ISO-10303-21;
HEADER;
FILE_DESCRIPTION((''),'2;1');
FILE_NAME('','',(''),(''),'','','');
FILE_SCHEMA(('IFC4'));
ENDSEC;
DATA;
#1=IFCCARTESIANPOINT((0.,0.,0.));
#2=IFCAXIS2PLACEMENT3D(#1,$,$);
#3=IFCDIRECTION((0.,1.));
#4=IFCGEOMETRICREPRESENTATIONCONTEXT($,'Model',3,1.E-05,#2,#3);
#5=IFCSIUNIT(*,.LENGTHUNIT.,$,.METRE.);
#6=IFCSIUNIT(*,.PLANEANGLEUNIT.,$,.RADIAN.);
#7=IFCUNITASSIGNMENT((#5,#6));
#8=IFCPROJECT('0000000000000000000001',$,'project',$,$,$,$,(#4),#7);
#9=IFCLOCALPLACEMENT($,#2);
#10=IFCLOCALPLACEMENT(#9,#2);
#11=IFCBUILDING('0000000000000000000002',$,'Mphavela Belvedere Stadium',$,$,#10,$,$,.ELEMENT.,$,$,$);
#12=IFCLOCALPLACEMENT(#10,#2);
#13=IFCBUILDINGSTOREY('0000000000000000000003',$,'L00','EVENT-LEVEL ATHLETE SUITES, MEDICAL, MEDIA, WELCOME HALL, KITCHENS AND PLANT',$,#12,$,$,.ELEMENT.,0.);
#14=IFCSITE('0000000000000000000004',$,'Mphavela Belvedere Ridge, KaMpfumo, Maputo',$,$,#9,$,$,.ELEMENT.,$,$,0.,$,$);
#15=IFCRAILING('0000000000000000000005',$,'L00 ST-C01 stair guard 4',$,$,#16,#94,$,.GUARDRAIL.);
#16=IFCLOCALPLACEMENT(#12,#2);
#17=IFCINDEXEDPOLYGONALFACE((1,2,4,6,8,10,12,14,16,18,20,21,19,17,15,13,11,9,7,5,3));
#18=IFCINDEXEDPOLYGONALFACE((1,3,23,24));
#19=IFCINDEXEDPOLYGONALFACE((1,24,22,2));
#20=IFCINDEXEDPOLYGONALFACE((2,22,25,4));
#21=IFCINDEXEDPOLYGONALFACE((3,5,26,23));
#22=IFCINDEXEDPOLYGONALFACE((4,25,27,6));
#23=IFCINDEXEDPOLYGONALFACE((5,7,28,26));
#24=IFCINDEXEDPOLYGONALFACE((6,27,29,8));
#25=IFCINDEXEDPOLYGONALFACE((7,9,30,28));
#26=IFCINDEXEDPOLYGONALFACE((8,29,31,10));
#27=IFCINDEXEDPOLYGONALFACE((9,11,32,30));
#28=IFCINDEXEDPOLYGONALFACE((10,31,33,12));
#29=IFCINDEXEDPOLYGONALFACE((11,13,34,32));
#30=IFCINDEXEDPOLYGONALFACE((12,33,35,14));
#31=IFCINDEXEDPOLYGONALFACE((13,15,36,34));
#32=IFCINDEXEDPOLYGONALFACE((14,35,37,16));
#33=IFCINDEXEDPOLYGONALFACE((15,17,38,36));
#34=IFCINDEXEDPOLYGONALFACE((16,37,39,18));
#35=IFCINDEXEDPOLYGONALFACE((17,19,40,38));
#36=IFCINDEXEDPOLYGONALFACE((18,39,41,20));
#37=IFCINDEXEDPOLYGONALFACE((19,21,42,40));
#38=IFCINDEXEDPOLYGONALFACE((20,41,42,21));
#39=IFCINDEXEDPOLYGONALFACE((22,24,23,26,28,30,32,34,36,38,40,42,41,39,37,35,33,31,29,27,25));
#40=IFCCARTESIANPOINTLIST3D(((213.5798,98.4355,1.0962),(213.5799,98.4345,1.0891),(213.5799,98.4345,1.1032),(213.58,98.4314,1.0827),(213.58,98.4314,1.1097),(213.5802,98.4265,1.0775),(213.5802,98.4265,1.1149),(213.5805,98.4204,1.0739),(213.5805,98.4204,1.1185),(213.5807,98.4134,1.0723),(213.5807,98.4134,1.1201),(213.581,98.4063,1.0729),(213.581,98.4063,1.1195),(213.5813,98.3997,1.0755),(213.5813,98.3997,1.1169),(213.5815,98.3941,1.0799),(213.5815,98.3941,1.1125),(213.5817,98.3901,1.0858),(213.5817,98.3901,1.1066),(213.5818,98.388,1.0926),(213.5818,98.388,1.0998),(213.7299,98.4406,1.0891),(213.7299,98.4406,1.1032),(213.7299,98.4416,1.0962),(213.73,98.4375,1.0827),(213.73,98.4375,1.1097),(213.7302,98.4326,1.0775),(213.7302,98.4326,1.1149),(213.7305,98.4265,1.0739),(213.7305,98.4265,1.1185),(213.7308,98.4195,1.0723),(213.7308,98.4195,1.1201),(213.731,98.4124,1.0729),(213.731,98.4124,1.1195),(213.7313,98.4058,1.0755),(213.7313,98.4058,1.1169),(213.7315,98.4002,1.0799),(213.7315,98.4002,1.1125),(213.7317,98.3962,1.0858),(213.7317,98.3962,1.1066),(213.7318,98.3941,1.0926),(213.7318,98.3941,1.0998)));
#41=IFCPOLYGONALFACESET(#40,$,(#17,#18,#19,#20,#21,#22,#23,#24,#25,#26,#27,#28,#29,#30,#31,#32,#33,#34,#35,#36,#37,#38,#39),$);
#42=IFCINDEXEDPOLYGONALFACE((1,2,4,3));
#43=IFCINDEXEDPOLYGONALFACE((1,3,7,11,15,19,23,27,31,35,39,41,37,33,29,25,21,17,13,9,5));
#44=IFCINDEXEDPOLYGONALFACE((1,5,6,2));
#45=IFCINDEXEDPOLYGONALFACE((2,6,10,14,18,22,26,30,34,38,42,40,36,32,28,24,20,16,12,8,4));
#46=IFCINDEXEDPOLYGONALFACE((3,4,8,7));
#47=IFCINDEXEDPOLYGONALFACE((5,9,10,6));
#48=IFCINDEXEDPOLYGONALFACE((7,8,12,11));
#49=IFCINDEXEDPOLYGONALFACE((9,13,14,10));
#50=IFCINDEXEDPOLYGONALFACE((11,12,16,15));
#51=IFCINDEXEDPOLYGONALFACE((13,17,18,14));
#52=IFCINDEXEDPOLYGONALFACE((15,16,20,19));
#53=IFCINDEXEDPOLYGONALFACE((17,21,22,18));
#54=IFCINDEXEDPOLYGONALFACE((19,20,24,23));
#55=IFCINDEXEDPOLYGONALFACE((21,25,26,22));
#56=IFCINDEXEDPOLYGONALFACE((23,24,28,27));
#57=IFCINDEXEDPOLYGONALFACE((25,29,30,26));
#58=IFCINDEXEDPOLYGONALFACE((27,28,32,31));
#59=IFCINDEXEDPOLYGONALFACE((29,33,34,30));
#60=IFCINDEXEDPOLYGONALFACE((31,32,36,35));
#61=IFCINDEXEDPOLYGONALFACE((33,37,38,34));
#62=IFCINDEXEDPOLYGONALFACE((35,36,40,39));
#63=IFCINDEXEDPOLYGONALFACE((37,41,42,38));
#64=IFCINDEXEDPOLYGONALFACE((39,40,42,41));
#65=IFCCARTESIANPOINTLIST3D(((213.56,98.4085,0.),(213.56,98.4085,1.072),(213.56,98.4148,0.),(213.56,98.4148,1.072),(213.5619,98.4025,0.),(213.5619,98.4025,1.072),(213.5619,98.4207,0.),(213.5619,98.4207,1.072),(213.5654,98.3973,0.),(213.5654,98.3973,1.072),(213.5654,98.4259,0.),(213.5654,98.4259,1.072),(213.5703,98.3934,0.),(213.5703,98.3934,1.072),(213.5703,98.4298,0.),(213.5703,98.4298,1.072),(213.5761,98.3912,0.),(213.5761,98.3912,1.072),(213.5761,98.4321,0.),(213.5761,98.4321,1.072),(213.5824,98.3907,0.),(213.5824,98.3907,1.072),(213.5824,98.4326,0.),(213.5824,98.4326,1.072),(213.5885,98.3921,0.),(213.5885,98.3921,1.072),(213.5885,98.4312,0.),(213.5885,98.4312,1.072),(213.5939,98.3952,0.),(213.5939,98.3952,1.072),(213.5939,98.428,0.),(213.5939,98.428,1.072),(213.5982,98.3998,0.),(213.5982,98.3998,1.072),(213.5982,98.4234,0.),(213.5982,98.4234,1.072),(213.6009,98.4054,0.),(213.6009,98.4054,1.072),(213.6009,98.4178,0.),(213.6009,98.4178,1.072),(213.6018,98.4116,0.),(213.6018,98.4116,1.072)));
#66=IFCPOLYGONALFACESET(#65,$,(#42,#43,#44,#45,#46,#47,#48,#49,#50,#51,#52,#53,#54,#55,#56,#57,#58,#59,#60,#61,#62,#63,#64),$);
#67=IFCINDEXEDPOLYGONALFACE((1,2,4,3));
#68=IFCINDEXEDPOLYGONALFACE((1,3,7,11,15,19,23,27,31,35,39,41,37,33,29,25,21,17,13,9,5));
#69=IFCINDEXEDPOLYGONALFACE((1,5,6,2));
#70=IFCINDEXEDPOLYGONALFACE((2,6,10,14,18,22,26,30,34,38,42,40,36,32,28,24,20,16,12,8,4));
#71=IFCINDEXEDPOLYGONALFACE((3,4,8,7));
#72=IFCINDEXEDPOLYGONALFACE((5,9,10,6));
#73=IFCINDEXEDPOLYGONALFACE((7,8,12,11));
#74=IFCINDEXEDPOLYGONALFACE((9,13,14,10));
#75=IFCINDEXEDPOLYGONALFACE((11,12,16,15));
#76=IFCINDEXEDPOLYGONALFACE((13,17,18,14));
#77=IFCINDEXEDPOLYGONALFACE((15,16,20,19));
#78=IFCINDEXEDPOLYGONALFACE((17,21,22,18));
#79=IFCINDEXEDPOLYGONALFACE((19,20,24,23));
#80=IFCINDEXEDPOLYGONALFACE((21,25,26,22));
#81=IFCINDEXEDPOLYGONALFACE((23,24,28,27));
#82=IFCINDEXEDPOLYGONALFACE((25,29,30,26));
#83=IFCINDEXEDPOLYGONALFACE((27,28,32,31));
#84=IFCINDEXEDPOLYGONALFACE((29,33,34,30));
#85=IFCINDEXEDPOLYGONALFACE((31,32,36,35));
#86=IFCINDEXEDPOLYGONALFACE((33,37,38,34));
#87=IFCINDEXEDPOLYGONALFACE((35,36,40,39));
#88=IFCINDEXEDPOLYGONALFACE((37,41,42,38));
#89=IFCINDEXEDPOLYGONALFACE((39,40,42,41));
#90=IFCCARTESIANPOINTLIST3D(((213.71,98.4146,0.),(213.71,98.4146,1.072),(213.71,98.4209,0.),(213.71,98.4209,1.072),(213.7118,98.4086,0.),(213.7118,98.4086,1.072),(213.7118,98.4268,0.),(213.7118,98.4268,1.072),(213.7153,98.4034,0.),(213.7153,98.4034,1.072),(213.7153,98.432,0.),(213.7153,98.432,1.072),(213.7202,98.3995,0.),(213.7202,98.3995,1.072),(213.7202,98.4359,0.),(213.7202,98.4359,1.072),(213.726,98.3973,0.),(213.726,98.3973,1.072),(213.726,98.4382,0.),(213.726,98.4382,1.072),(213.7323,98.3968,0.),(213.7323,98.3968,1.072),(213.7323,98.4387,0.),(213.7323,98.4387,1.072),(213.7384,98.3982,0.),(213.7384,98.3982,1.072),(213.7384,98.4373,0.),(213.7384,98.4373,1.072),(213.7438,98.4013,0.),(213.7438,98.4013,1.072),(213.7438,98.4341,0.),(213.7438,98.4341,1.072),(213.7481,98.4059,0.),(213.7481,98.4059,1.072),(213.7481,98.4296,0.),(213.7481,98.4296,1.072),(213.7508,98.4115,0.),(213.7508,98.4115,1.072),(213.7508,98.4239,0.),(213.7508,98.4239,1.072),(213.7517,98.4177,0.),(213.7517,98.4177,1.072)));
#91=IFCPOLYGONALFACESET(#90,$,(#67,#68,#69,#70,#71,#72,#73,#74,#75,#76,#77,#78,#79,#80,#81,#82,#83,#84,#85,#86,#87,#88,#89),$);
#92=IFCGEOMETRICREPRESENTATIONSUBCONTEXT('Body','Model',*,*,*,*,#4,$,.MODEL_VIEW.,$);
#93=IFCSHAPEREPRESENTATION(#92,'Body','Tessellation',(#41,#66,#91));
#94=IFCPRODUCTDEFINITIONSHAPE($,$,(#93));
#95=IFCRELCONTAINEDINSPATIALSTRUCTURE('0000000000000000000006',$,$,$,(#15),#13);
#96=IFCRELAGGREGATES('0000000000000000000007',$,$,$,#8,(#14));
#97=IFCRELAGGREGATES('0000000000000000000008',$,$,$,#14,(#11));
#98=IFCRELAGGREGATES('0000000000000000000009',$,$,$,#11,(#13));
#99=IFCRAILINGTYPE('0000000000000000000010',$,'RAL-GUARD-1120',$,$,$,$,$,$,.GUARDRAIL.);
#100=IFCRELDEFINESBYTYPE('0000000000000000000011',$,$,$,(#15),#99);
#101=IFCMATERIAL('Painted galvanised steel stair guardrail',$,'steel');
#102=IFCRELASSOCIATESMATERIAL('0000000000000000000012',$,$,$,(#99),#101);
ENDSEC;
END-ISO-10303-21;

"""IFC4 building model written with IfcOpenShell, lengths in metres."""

from ifc_helpers import new_model, si_unit, direction, frame, origin, origin_2d, place, context, subcontext, project, spatial, circle, extrude, material, type_object, element, save


model = new_model("IFC4")

# Units and contexts
model_context = context("Model", 3, precision=1e-05, world=origin(), true_north=direction((0.0, 1.0)))
body_context = subcontext(model_context, "Body", "Model", "MODEL_VIEW")
ifc_project = project(units=[si_unit("LENGTHUNIT", "METRE"), si_unit("PLANEANGLEUNIT", "RADIAN")], contexts=[model_context])

# Site, building, storey
site_placement = place(None, origin())
site = spatial("IfcSite", under=ifc_project, at=site_placement, Name="Mphavela Belvedere Ridge, KaMpfumo, Maputo", CompositionType="ELEMENT", RefElevation=0.0)
building_placement = place(site_placement, origin())
building = spatial("IfcBuilding", under=site, at=building_placement, Name="Mphavela Belvedere Stadium", CompositionType="ELEMENT")
storey_placement = place(building_placement, origin())
storey = spatial("IfcBuildingStorey", under=building, at=storey_placement, Name="L00", Description="EVENT-LEVEL ATHLETE SUITES, MEDICAL, MEDIA, WELCOME HALL, KITCHENS AND PLANT", CompositionType="ELEMENT", Elevation=0.0)

# Railing
ifc_material_1 = material(Name="Painted galvanised steel stair guardrail", Category="steel")
railing_type_1 = type_object("IfcRailingType", Name="RAL-GUARD-1120", PredefinedType="GUARDRAIL", material=ifc_material_1)
railing_1_placement = place(storey_placement, frame((213.5808, 98.4116, 0.0)))
element("IfcRailing", 1, at=railing_1_placement, inside=storey, type_object=railing_type_1, Name="L00 ST-C01 stair guard 4", PredefinedType="GUARDRAIL", context=body_context, shape_type="SweptSolid", body=[
    extrude(circle(Radius=0.0239, at=origin_2d()), frame((0.0, 0.0, 1.0962), z_axis=(0.999172, 0.040683, 0.0), x_axis=(-0.040683, 0.999172, 0.0)), (0.0, 0.0, 1.0), 0.1501),
    extrude(circle(Radius=0.021, at=origin_2d()), origin(), (0.0, 0.0, 1.0), 1.072),
    extrude(circle(Radius=0.021, at=origin_2d()), frame((0.1499, 0.0061, 0.0)), (0.0, 0.0, 1.0), 1.072),
])

save(model, "model.ifc")
